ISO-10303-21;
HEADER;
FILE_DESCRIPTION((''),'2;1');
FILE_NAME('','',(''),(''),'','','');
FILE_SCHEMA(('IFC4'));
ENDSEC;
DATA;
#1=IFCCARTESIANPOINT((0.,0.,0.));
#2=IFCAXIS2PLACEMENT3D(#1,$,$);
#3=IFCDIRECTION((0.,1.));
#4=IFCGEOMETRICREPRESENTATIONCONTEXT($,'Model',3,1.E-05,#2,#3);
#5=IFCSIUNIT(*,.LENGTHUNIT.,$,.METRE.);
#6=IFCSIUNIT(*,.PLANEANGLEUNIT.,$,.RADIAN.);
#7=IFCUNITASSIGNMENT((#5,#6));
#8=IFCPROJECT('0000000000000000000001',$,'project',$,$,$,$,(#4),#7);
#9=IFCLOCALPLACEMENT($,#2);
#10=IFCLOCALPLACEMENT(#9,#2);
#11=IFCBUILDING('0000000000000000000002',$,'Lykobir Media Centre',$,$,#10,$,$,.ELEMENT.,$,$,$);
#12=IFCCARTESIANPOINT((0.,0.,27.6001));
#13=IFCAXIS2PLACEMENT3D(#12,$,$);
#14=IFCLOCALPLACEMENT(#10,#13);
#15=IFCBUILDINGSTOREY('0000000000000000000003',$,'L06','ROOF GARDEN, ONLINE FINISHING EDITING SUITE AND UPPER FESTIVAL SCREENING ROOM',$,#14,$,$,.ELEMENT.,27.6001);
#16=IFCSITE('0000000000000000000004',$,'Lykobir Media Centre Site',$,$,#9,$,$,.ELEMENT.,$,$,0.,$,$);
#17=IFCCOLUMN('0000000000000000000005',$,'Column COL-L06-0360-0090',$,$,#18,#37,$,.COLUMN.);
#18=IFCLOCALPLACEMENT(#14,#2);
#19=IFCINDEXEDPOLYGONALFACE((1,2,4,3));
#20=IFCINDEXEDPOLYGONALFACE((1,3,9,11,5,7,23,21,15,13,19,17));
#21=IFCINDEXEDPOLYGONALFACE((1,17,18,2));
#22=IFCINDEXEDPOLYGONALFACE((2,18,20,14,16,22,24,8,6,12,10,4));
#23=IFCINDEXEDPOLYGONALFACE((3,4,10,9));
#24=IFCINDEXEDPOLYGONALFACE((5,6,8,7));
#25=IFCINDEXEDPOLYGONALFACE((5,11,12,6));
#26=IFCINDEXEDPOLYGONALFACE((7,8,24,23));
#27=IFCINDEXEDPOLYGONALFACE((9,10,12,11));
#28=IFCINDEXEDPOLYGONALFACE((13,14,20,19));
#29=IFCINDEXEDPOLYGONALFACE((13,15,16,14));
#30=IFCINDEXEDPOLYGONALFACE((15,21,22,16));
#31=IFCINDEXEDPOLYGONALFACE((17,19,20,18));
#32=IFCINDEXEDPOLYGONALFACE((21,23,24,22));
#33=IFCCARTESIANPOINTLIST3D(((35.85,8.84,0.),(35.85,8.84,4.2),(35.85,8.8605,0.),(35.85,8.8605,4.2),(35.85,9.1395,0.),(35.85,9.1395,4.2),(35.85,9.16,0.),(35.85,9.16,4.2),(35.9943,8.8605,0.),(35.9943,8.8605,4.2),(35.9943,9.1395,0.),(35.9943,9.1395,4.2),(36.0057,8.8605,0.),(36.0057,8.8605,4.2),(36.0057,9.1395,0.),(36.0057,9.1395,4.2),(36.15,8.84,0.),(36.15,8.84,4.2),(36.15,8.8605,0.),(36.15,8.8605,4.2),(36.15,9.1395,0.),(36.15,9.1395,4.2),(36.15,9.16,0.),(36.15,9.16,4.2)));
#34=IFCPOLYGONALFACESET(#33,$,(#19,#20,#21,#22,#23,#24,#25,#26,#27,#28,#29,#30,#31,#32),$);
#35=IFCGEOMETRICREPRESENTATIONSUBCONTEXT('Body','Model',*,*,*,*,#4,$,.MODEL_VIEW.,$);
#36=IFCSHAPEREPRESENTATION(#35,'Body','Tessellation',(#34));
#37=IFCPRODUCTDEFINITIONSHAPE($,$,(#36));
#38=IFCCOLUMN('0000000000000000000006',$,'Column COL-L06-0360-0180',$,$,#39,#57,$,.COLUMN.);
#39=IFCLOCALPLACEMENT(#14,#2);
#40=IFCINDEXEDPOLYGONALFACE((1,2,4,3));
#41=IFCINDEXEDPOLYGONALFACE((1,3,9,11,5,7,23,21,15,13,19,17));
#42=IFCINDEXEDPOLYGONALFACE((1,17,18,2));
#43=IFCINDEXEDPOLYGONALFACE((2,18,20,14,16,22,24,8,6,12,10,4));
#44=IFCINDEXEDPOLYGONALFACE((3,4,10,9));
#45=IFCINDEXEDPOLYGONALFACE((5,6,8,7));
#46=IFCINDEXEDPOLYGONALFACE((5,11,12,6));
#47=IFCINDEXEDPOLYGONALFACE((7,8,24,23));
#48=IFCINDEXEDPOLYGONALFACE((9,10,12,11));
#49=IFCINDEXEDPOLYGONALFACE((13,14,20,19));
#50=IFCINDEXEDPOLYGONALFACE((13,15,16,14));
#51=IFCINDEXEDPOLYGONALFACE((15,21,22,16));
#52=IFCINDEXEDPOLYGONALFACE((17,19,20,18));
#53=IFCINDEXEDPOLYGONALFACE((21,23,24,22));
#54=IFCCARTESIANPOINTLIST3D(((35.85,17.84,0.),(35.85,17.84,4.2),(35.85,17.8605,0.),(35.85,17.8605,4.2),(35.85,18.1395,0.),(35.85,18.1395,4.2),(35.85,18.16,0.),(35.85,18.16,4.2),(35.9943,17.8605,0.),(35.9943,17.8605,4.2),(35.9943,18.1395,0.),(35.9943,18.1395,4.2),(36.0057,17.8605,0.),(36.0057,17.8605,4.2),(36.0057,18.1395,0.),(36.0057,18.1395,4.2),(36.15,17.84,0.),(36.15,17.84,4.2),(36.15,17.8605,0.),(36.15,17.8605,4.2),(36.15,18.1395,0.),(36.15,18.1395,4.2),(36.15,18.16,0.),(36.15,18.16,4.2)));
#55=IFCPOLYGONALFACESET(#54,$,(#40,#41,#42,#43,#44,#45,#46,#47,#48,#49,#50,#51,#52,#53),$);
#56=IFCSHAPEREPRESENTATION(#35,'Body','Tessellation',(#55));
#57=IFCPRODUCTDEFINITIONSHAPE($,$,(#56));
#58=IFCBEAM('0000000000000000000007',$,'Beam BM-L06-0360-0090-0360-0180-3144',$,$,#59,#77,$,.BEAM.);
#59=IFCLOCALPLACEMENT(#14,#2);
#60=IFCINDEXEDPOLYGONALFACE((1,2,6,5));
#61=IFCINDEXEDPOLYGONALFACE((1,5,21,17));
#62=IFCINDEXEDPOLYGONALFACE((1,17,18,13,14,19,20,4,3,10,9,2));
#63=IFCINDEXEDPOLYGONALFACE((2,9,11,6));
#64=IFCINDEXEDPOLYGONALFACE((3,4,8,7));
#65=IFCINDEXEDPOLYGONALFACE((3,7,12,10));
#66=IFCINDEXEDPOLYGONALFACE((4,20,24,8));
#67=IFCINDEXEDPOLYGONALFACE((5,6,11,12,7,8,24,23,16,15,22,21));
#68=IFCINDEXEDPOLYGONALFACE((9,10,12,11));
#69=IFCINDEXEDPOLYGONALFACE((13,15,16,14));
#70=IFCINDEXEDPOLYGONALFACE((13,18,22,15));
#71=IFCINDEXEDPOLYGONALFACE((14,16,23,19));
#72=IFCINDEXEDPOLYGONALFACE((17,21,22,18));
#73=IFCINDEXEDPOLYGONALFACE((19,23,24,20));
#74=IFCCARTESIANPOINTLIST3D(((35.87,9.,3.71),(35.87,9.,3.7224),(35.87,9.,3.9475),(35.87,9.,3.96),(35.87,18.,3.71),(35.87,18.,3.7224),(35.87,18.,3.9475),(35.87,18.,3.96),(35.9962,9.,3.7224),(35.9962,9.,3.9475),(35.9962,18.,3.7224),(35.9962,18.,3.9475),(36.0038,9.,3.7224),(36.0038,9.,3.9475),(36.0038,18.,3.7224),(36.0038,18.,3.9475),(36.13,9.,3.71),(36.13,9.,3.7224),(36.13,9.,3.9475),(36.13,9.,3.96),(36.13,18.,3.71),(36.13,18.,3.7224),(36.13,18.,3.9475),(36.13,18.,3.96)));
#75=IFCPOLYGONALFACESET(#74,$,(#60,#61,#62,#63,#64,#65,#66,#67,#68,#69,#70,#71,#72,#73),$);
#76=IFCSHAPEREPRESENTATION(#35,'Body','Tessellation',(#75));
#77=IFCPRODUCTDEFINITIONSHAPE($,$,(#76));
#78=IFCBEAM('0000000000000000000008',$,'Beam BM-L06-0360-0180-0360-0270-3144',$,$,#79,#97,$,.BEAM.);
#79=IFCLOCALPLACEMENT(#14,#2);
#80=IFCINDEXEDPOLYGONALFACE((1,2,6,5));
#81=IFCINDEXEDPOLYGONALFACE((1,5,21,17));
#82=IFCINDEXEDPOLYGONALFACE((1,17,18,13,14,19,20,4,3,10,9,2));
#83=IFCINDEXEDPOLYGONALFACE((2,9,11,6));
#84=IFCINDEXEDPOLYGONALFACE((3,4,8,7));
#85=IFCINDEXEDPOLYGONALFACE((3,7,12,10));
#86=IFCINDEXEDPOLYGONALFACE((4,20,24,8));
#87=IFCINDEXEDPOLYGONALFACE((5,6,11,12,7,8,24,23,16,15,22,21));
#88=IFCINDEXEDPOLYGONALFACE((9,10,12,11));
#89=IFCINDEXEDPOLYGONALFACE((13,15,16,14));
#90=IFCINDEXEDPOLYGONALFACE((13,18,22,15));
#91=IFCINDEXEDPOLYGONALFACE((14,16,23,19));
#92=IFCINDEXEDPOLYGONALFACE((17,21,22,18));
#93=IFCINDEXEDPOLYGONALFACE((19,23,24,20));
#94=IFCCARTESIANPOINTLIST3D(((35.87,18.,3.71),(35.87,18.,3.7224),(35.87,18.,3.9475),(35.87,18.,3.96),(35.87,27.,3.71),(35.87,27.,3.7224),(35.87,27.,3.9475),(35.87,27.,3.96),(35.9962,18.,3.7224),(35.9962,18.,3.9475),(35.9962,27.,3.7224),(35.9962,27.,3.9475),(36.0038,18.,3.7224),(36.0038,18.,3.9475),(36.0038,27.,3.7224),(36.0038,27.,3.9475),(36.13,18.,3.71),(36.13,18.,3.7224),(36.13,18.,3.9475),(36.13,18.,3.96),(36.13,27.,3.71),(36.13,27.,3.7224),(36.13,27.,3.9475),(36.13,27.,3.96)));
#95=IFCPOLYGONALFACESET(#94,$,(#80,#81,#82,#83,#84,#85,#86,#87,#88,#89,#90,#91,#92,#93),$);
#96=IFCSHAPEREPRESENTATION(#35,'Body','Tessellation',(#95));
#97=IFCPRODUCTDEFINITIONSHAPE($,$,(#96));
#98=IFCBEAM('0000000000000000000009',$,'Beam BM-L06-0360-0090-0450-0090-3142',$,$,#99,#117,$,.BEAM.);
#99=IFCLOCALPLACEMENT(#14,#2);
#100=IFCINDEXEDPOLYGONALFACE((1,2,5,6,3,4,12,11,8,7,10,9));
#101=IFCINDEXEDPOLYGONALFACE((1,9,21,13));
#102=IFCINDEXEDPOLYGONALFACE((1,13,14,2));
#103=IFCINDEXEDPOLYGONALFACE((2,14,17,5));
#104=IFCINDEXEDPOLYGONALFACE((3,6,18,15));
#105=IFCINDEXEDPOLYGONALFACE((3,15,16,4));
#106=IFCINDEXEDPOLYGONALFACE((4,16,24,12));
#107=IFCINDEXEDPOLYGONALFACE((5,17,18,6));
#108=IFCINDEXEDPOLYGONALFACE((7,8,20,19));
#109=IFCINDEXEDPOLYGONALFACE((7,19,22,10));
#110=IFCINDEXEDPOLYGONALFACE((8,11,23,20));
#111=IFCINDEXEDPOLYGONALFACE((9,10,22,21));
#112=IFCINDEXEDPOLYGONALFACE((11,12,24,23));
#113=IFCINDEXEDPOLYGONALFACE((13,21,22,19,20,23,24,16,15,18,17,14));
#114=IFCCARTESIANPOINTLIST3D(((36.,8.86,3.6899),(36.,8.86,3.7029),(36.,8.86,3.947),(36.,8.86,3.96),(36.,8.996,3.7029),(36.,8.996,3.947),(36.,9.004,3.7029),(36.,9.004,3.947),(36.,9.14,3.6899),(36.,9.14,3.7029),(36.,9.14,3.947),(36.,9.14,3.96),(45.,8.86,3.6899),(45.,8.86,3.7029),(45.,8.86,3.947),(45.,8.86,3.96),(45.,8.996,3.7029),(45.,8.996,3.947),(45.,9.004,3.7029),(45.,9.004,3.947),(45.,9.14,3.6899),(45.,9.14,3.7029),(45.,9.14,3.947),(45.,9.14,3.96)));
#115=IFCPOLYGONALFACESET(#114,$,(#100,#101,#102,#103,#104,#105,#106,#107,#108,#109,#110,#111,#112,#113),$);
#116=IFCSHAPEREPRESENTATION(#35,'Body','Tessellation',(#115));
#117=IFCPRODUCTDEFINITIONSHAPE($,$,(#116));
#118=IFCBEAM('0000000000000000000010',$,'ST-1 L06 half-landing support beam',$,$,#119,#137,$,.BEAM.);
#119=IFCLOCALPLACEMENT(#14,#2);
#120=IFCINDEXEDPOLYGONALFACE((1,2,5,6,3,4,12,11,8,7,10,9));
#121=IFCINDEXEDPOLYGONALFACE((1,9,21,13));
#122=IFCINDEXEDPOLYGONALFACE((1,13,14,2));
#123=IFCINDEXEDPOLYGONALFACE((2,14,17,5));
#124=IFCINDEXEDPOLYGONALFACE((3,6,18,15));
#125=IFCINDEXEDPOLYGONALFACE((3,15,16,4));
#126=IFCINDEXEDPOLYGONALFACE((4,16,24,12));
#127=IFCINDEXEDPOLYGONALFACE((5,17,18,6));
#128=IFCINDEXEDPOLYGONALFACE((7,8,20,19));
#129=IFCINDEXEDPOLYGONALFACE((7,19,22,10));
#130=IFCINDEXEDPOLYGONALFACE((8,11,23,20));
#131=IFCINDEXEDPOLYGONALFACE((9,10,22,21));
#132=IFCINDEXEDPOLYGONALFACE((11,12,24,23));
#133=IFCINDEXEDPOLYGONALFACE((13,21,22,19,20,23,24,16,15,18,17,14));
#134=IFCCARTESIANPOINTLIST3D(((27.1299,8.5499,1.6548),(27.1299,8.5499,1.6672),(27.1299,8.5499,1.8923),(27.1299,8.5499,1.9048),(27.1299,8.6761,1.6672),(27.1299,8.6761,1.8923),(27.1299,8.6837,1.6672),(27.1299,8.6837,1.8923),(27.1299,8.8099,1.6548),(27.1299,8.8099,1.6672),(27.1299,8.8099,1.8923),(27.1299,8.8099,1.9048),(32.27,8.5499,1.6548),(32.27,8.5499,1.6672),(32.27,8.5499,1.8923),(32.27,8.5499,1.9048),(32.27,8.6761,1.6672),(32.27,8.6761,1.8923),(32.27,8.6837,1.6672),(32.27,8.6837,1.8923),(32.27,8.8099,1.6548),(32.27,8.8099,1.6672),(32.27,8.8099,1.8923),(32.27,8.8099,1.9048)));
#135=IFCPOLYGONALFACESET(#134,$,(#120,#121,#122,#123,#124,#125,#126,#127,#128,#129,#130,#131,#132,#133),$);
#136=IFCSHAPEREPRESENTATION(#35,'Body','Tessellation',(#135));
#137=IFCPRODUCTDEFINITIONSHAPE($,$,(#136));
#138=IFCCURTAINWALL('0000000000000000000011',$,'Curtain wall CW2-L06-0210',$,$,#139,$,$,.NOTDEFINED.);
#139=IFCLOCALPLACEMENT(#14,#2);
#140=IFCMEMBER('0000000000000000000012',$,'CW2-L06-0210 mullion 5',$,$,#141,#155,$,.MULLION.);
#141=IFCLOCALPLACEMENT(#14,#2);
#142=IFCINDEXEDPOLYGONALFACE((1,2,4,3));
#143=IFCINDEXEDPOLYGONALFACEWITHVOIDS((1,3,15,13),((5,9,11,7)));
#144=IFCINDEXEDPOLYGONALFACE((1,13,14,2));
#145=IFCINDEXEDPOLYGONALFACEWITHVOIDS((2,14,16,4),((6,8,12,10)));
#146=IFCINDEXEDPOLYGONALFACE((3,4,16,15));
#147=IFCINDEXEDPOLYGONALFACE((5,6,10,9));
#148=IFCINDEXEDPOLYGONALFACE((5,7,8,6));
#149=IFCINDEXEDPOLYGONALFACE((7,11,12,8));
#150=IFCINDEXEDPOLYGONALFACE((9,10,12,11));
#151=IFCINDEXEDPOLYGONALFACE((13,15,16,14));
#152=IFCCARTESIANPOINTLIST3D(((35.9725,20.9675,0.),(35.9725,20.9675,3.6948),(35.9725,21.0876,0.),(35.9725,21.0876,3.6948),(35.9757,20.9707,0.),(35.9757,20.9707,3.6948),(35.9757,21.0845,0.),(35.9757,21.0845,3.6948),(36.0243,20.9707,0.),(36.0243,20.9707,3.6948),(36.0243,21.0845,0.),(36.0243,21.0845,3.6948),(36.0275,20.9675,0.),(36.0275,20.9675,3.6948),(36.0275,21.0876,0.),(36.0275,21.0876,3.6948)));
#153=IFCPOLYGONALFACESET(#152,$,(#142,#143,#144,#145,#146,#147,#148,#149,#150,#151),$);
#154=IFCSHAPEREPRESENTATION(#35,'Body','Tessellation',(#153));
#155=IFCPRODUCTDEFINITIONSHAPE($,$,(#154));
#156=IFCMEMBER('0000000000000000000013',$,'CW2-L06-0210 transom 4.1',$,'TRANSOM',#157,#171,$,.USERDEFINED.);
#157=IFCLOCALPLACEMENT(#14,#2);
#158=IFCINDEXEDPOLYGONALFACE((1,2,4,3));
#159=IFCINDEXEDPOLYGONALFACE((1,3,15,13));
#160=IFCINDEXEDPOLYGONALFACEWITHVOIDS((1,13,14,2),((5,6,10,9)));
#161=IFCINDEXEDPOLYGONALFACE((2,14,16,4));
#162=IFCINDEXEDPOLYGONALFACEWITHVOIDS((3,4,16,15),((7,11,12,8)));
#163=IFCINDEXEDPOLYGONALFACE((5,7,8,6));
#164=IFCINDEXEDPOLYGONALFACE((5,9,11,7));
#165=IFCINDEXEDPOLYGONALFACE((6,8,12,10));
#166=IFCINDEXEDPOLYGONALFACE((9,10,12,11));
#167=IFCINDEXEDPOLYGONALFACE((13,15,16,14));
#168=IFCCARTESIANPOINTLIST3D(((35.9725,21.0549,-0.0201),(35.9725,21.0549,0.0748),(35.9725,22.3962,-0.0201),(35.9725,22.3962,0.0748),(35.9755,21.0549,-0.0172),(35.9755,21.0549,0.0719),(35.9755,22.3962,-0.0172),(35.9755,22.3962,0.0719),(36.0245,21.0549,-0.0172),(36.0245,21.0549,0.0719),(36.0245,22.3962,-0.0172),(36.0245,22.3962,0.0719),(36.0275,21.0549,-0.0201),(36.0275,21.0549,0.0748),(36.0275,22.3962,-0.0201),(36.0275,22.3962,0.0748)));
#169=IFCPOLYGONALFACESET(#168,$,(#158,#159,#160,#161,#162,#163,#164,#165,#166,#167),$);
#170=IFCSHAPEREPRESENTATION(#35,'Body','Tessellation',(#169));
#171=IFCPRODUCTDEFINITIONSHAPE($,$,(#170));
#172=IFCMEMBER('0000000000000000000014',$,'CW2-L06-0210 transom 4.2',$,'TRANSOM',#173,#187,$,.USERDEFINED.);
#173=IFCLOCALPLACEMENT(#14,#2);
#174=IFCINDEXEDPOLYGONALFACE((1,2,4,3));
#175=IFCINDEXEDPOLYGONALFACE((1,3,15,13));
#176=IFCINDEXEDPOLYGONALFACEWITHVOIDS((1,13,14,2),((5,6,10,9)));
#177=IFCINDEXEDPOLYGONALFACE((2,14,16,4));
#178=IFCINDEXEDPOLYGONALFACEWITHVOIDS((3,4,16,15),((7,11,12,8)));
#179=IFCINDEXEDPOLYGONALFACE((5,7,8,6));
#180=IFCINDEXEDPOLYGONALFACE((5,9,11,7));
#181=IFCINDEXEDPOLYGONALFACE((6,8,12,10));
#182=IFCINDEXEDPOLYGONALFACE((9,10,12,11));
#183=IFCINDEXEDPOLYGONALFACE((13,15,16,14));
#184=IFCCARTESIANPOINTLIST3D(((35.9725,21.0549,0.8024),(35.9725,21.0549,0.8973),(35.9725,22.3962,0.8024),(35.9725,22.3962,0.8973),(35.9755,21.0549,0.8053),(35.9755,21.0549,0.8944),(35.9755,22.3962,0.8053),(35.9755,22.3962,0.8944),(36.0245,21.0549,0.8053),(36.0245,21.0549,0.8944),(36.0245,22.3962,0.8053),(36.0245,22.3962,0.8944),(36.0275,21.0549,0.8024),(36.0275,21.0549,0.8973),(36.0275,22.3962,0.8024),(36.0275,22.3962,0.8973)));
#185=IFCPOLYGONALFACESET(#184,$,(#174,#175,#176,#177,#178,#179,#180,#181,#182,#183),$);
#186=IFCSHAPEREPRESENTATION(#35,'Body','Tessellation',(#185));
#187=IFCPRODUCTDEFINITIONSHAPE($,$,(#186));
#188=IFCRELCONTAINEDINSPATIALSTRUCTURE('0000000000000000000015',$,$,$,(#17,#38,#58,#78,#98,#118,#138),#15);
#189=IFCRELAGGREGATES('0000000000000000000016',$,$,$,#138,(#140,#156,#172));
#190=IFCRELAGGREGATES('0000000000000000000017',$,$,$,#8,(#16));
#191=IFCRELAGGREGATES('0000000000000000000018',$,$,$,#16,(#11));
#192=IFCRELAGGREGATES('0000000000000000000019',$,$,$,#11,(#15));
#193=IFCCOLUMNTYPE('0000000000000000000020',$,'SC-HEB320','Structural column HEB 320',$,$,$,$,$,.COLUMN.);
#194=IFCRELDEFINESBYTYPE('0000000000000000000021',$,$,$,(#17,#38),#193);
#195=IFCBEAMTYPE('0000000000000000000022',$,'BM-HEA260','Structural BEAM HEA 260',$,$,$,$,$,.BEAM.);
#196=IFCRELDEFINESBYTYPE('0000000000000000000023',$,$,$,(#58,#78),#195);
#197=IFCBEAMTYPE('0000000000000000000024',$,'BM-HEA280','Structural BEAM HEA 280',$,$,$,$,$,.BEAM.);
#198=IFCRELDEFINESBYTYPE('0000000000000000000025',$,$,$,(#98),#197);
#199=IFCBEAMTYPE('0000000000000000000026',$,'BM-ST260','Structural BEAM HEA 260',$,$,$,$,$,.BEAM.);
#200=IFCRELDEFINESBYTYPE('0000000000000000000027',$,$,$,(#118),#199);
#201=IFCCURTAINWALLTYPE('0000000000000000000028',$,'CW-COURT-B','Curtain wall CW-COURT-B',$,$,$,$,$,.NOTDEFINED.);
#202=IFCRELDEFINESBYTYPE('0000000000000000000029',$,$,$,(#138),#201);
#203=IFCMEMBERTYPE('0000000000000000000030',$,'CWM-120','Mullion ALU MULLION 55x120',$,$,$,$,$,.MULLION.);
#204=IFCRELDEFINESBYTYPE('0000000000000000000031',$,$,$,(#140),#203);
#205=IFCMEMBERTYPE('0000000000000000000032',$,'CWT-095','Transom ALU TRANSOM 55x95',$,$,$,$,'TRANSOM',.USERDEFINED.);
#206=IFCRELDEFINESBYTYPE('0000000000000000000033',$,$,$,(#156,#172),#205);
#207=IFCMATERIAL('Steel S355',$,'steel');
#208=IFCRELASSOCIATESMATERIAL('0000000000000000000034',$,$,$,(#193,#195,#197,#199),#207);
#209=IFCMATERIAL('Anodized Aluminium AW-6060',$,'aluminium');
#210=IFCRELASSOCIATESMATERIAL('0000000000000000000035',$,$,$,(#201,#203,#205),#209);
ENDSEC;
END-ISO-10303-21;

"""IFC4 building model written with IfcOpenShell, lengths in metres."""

from ifc_helpers import new_model, si_unit, direction, frame, origin, origin_2d, place, context, subcontext, project, spatial, hollow_rectangle, i_section, extrude, material, material_profile, profile_set, type_object, element, aggregate, save


model = new_model("IFC4")

# Units and contexts
model_context = context("Model", 3, precision=1e-05, world=origin(), true_north=direction((0.0, 1.0)))
body_context = subcontext(model_context, "Body", "Model", "MODEL_VIEW")
ifc_project = project(units=[si_unit("LENGTHUNIT", "METRE"), si_unit("PLANEANGLEUNIT", "RADIAN")], contexts=[model_context])

# Site, building, storey
site_placement = place(None, origin())
site = spatial("IfcSite", under=ifc_project, at=site_placement, Name="Lykobir Media Centre Site", CompositionType="ELEMENT", RefElevation=0.0)
building_placement = place(site_placement, origin())
building = spatial("IfcBuilding", under=site, at=building_placement, Name="Lykobir Media Centre", CompositionType="ELEMENT")
storey_placement = place(building_placement, frame((0.0, 0.0, 27.6001)))
storey = spatial("IfcBuildingStorey", under=building, at=storey_placement, Name="L06", Description="ROOF GARDEN, ONLINE FINISHING EDITING SUITE AND UPPER FESTIVAL SCREENING ROOM", CompositionType="ELEMENT", Elevation=27.6001)

# Columns
ifc_material_1 = material(Name="Steel S355", Category="steel")
ifc_material_profile_1 = material_profile(ifc_material_1, i_section(OverallWidth=0.3, OverallDepth=0.3201, WebThickness=0.0115, FlangeThickness=0.0205, at=origin_2d()), Name="HEB 320")
ifc_profile_set_1 = profile_set([ifc_material_profile_1], Name="Steel S355")
column_type = type_object("IfcColumnType", Name="SC-HEB320", Description="Structural column HEB 320", PredefinedType="COLUMN", material=ifc_profile_set_1)
for number, where, z_axis, x_axis, name in (
    (1, (36.0, 9.0, 0.0), (0.0, 0.0, 1.0), (1.0, 0.0, 0.0), "Column COL-L06-0360-0090"),
    (2, (36.0, 18.0, 0.0), (0.0, 0.0, 1.0), (1.0, 0.0, 0.0), "Column COL-L06-0360-0180"),
):
    element("IfcColumn", number, at=place(storey_placement, frame(where, z_axis=z_axis, x_axis=x_axis)), inside=storey, type_object=column_type, Name=name, PredefinedType="COLUMN", context=body_context, shape_type="SweptSolid", body=[
        extrude(i_section(OverallWidth=0.3, OverallDepth=0.3201, WebThickness=0.0115, FlangeThickness=0.0205, at=origin_2d()), origin(), (0.0, 0.0, 1.0), 4.2),
    ])

# Beams
ifc_material_profile_2 = material_profile(ifc_material_1, i_section(OverallWidth=0.26, OverallDepth=0.25, WebThickness=0.0076, FlangeThickness=0.0125, at=origin_2d()), Name="HEA 260")
ifc_profile_set_2 = profile_set([ifc_material_profile_2], Name="Steel S355")
beam_type_1 = type_object("IfcBeamType", Name="BM-HEA260", Description="Structural BEAM HEA 260", PredefinedType="BEAM", material=ifc_profile_set_2)
for number, where, z_axis, x_axis, name in (
    (3, (36.0, 9.0, 3.835), (0.0, 1.0, 0.0), (-1.0, 0.0, 0.0), "Beam BM-L06-0360-0090-0360-0180-3144"),
    (4, (36.0, 18.0, 3.835), (0.0, 1.0, 0.0), (-1.0, 0.0, 0.0), "Beam BM-L06-0360-0180-0360-0270-3144"),
):
    element("IfcBeam", number, at=place(storey_placement, frame(where, z_axis=z_axis, x_axis=x_axis)), inside=storey, type_object=beam_type_1, Name=name, PredefinedType="BEAM", context=body_context, shape_type="SweptSolid", body=[
        extrude(i_section(OverallWidth=0.26, OverallDepth=0.25, WebThickness=0.0076, FlangeThickness=0.0125, at=origin_2d()), origin(), (0.0, 0.0, 1.0), 9.0),
    ])
ifc_material_profile_3 = material_profile(ifc_material_1, i_section(OverallWidth=0.28, OverallDepth=0.27, WebThickness=0.0081, FlangeThickness=0.0129, at=origin_2d()), Name="HEA 280")
ifc_profile_set_3 = profile_set([ifc_material_profile_3], Name="Steel S355")
beam_type_2 = type_object("IfcBeamType", Name="BM-HEA280", Description="Structural BEAM HEA 280", PredefinedType="BEAM", material=ifc_profile_set_3)
beam_1_placement = place(storey_placement, frame((36.0, 9.0, 3.825), z_axis=(1.0, 0.0, 0.0), x_axis=(0.0, 1.0, 0.0)))
element("IfcBeam", 5, at=beam_1_placement, inside=storey, type_object=beam_type_2, Name="Beam BM-L06-0360-0090-0450-0090-3142", PredefinedType="BEAM", context=body_context, shape_type="SweptSolid", body=[
    extrude(i_section(OverallWidth=0.28, OverallDepth=0.27, WebThickness=0.0081, FlangeThickness=0.0129, at=origin_2d()), origin(), (0.0, 0.0, 1.0), 9.0),
])
ifc_material_profile_4 = material_profile(ifc_material_1, i_section(OverallWidth=0.26, OverallDepth=0.25, WebThickness=0.0076, FlangeThickness=0.0125, at=origin_2d()), Name="HEA 260")
ifc_profile_set_4 = profile_set([ifc_material_profile_4], Name="Steel S355")
beam_type_3 = type_object("IfcBeamType", Name="BM-ST260", Description="Structural BEAM HEA 260", PredefinedType="BEAM", material=ifc_profile_set_4)
beam_2_placement = place(storey_placement, frame((27.1299, 8.6799, 1.7798), z_axis=(1.0, 0.0, 0.0), x_axis=(0.0, 1.0, 0.0)))
element("IfcBeam", 6, at=beam_2_placement, inside=storey, type_object=beam_type_3, Name="ST-1 L06 half-landing support beam", PredefinedType="BEAM", context=body_context, shape_type="SweptSolid", body=[
    extrude(i_section(OverallWidth=0.26, OverallDepth=0.25, WebThickness=0.0076, FlangeThickness=0.0125, at=origin_2d()), origin(), (0.0, 0.0, 1.0), 5.1401),
])

# Curtain wall, members
ifc_material_2 = material(Name="Anodized Aluminium AW-6060", Category="aluminium")
curtain_wall_type = type_object("IfcCurtainWallType", Name="CW-COURT-B", Description="Curtain wall CW-COURT-B", PredefinedType="NOTDEFINED", material=ifc_material_2)
curtain_wall_placement = place(storey_placement, origin())
curtain_wall = element("IfcCurtainWall", 7, at=curtain_wall_placement, inside=storey, type_object=curtain_wall_type, Name="Curtain wall CW2-L06-0210", PredefinedType="NOTDEFINED")
ifc_material_profile_5 = material_profile(ifc_material_2, hollow_rectangle(XDim=0.0549, YDim=0.1201, WallThickness=0.0032, at=origin_2d()), Name="ALU MULLION 55x120")
ifc_profile_set_5 = profile_set([ifc_material_profile_5], Name="Anodized Aluminium AW-6060")
member_type_1 = type_object("IfcMemberType", Name="CWM-120", Description="Mullion ALU MULLION 55x120", PredefinedType="MULLION", material=ifc_profile_set_5)
member_1_placement = place(storey_placement, frame((36.0, 21.0276, 0.0), z_axis=(0.0, 0.0, 1.0), x_axis=(1.0, 0.0, 0.0)))
member_1 = element("IfcMember", 8, at=member_1_placement, type_object=member_type_1, Name="CW2-L06-0210 mullion 5", PredefinedType="MULLION", context=body_context, shape_type="SweptSolid", body=[
    extrude(hollow_rectangle(XDim=0.0549, YDim=0.1201, WallThickness=0.0032, at=origin_2d()), origin(), (0.0, 0.0, 1.0), 3.6948),
])
ifc_material_profile_6 = material_profile(ifc_material_2, hollow_rectangle(XDim=0.0549, YDim=0.095, WallThickness=0.0029, at=origin_2d()), Name="ALU TRANSOM 55x95")
ifc_profile_set_6 = profile_set([ifc_material_profile_6], Name="Anodized Aluminium AW-6060")
member_type_2 = type_object("IfcMemberType", Name="CWT-095", Description="Transom ALU TRANSOM 55x95", ElementType="TRANSOM", PredefinedType="USERDEFINED", material=ifc_profile_set_6)
member_2_placement = place(storey_placement, frame((36.0, 22.3962, 0.0273), z_axis=(0.0, -1.0, 0.0), x_axis=(1.0, 0.0, 0.0)))
member_2 = element("IfcMember", 9, at=member_2_placement, type_object=member_type_2, Name="CW2-L06-0210 transom 4.1", ObjectType="TRANSOM", PredefinedType="USERDEFINED", context=body_context, shape_type="SweptSolid", body=[
    extrude(hollow_rectangle(XDim=0.0549, YDim=0.095, WallThickness=0.0029, at=origin_2d()), origin(), (0.0, 0.0, 1.0), 1.3413),
])
member_3_placement = place(storey_placement, frame((36.0, 22.3962, 0.8499), z_axis=(0.0, -1.0, 0.0), x_axis=(1.0, 0.0, 0.0)))
member_3 = element("IfcMember", 10, at=member_3_placement, type_object=member_type_2, Name="CW2-L06-0210 transom 4.2", ObjectType="TRANSOM", PredefinedType="USERDEFINED", context=body_context, shape_type="SweptSolid", body=[
    extrude(hollow_rectangle(XDim=0.0549, YDim=0.095, WallThickness=0.0029, at=origin_2d()), origin(), (0.0, 0.0, 1.0), 1.3413),
])

aggregate(curtain_wall, [member_1, member_2, member_3])

save(model, "model.ifc")
